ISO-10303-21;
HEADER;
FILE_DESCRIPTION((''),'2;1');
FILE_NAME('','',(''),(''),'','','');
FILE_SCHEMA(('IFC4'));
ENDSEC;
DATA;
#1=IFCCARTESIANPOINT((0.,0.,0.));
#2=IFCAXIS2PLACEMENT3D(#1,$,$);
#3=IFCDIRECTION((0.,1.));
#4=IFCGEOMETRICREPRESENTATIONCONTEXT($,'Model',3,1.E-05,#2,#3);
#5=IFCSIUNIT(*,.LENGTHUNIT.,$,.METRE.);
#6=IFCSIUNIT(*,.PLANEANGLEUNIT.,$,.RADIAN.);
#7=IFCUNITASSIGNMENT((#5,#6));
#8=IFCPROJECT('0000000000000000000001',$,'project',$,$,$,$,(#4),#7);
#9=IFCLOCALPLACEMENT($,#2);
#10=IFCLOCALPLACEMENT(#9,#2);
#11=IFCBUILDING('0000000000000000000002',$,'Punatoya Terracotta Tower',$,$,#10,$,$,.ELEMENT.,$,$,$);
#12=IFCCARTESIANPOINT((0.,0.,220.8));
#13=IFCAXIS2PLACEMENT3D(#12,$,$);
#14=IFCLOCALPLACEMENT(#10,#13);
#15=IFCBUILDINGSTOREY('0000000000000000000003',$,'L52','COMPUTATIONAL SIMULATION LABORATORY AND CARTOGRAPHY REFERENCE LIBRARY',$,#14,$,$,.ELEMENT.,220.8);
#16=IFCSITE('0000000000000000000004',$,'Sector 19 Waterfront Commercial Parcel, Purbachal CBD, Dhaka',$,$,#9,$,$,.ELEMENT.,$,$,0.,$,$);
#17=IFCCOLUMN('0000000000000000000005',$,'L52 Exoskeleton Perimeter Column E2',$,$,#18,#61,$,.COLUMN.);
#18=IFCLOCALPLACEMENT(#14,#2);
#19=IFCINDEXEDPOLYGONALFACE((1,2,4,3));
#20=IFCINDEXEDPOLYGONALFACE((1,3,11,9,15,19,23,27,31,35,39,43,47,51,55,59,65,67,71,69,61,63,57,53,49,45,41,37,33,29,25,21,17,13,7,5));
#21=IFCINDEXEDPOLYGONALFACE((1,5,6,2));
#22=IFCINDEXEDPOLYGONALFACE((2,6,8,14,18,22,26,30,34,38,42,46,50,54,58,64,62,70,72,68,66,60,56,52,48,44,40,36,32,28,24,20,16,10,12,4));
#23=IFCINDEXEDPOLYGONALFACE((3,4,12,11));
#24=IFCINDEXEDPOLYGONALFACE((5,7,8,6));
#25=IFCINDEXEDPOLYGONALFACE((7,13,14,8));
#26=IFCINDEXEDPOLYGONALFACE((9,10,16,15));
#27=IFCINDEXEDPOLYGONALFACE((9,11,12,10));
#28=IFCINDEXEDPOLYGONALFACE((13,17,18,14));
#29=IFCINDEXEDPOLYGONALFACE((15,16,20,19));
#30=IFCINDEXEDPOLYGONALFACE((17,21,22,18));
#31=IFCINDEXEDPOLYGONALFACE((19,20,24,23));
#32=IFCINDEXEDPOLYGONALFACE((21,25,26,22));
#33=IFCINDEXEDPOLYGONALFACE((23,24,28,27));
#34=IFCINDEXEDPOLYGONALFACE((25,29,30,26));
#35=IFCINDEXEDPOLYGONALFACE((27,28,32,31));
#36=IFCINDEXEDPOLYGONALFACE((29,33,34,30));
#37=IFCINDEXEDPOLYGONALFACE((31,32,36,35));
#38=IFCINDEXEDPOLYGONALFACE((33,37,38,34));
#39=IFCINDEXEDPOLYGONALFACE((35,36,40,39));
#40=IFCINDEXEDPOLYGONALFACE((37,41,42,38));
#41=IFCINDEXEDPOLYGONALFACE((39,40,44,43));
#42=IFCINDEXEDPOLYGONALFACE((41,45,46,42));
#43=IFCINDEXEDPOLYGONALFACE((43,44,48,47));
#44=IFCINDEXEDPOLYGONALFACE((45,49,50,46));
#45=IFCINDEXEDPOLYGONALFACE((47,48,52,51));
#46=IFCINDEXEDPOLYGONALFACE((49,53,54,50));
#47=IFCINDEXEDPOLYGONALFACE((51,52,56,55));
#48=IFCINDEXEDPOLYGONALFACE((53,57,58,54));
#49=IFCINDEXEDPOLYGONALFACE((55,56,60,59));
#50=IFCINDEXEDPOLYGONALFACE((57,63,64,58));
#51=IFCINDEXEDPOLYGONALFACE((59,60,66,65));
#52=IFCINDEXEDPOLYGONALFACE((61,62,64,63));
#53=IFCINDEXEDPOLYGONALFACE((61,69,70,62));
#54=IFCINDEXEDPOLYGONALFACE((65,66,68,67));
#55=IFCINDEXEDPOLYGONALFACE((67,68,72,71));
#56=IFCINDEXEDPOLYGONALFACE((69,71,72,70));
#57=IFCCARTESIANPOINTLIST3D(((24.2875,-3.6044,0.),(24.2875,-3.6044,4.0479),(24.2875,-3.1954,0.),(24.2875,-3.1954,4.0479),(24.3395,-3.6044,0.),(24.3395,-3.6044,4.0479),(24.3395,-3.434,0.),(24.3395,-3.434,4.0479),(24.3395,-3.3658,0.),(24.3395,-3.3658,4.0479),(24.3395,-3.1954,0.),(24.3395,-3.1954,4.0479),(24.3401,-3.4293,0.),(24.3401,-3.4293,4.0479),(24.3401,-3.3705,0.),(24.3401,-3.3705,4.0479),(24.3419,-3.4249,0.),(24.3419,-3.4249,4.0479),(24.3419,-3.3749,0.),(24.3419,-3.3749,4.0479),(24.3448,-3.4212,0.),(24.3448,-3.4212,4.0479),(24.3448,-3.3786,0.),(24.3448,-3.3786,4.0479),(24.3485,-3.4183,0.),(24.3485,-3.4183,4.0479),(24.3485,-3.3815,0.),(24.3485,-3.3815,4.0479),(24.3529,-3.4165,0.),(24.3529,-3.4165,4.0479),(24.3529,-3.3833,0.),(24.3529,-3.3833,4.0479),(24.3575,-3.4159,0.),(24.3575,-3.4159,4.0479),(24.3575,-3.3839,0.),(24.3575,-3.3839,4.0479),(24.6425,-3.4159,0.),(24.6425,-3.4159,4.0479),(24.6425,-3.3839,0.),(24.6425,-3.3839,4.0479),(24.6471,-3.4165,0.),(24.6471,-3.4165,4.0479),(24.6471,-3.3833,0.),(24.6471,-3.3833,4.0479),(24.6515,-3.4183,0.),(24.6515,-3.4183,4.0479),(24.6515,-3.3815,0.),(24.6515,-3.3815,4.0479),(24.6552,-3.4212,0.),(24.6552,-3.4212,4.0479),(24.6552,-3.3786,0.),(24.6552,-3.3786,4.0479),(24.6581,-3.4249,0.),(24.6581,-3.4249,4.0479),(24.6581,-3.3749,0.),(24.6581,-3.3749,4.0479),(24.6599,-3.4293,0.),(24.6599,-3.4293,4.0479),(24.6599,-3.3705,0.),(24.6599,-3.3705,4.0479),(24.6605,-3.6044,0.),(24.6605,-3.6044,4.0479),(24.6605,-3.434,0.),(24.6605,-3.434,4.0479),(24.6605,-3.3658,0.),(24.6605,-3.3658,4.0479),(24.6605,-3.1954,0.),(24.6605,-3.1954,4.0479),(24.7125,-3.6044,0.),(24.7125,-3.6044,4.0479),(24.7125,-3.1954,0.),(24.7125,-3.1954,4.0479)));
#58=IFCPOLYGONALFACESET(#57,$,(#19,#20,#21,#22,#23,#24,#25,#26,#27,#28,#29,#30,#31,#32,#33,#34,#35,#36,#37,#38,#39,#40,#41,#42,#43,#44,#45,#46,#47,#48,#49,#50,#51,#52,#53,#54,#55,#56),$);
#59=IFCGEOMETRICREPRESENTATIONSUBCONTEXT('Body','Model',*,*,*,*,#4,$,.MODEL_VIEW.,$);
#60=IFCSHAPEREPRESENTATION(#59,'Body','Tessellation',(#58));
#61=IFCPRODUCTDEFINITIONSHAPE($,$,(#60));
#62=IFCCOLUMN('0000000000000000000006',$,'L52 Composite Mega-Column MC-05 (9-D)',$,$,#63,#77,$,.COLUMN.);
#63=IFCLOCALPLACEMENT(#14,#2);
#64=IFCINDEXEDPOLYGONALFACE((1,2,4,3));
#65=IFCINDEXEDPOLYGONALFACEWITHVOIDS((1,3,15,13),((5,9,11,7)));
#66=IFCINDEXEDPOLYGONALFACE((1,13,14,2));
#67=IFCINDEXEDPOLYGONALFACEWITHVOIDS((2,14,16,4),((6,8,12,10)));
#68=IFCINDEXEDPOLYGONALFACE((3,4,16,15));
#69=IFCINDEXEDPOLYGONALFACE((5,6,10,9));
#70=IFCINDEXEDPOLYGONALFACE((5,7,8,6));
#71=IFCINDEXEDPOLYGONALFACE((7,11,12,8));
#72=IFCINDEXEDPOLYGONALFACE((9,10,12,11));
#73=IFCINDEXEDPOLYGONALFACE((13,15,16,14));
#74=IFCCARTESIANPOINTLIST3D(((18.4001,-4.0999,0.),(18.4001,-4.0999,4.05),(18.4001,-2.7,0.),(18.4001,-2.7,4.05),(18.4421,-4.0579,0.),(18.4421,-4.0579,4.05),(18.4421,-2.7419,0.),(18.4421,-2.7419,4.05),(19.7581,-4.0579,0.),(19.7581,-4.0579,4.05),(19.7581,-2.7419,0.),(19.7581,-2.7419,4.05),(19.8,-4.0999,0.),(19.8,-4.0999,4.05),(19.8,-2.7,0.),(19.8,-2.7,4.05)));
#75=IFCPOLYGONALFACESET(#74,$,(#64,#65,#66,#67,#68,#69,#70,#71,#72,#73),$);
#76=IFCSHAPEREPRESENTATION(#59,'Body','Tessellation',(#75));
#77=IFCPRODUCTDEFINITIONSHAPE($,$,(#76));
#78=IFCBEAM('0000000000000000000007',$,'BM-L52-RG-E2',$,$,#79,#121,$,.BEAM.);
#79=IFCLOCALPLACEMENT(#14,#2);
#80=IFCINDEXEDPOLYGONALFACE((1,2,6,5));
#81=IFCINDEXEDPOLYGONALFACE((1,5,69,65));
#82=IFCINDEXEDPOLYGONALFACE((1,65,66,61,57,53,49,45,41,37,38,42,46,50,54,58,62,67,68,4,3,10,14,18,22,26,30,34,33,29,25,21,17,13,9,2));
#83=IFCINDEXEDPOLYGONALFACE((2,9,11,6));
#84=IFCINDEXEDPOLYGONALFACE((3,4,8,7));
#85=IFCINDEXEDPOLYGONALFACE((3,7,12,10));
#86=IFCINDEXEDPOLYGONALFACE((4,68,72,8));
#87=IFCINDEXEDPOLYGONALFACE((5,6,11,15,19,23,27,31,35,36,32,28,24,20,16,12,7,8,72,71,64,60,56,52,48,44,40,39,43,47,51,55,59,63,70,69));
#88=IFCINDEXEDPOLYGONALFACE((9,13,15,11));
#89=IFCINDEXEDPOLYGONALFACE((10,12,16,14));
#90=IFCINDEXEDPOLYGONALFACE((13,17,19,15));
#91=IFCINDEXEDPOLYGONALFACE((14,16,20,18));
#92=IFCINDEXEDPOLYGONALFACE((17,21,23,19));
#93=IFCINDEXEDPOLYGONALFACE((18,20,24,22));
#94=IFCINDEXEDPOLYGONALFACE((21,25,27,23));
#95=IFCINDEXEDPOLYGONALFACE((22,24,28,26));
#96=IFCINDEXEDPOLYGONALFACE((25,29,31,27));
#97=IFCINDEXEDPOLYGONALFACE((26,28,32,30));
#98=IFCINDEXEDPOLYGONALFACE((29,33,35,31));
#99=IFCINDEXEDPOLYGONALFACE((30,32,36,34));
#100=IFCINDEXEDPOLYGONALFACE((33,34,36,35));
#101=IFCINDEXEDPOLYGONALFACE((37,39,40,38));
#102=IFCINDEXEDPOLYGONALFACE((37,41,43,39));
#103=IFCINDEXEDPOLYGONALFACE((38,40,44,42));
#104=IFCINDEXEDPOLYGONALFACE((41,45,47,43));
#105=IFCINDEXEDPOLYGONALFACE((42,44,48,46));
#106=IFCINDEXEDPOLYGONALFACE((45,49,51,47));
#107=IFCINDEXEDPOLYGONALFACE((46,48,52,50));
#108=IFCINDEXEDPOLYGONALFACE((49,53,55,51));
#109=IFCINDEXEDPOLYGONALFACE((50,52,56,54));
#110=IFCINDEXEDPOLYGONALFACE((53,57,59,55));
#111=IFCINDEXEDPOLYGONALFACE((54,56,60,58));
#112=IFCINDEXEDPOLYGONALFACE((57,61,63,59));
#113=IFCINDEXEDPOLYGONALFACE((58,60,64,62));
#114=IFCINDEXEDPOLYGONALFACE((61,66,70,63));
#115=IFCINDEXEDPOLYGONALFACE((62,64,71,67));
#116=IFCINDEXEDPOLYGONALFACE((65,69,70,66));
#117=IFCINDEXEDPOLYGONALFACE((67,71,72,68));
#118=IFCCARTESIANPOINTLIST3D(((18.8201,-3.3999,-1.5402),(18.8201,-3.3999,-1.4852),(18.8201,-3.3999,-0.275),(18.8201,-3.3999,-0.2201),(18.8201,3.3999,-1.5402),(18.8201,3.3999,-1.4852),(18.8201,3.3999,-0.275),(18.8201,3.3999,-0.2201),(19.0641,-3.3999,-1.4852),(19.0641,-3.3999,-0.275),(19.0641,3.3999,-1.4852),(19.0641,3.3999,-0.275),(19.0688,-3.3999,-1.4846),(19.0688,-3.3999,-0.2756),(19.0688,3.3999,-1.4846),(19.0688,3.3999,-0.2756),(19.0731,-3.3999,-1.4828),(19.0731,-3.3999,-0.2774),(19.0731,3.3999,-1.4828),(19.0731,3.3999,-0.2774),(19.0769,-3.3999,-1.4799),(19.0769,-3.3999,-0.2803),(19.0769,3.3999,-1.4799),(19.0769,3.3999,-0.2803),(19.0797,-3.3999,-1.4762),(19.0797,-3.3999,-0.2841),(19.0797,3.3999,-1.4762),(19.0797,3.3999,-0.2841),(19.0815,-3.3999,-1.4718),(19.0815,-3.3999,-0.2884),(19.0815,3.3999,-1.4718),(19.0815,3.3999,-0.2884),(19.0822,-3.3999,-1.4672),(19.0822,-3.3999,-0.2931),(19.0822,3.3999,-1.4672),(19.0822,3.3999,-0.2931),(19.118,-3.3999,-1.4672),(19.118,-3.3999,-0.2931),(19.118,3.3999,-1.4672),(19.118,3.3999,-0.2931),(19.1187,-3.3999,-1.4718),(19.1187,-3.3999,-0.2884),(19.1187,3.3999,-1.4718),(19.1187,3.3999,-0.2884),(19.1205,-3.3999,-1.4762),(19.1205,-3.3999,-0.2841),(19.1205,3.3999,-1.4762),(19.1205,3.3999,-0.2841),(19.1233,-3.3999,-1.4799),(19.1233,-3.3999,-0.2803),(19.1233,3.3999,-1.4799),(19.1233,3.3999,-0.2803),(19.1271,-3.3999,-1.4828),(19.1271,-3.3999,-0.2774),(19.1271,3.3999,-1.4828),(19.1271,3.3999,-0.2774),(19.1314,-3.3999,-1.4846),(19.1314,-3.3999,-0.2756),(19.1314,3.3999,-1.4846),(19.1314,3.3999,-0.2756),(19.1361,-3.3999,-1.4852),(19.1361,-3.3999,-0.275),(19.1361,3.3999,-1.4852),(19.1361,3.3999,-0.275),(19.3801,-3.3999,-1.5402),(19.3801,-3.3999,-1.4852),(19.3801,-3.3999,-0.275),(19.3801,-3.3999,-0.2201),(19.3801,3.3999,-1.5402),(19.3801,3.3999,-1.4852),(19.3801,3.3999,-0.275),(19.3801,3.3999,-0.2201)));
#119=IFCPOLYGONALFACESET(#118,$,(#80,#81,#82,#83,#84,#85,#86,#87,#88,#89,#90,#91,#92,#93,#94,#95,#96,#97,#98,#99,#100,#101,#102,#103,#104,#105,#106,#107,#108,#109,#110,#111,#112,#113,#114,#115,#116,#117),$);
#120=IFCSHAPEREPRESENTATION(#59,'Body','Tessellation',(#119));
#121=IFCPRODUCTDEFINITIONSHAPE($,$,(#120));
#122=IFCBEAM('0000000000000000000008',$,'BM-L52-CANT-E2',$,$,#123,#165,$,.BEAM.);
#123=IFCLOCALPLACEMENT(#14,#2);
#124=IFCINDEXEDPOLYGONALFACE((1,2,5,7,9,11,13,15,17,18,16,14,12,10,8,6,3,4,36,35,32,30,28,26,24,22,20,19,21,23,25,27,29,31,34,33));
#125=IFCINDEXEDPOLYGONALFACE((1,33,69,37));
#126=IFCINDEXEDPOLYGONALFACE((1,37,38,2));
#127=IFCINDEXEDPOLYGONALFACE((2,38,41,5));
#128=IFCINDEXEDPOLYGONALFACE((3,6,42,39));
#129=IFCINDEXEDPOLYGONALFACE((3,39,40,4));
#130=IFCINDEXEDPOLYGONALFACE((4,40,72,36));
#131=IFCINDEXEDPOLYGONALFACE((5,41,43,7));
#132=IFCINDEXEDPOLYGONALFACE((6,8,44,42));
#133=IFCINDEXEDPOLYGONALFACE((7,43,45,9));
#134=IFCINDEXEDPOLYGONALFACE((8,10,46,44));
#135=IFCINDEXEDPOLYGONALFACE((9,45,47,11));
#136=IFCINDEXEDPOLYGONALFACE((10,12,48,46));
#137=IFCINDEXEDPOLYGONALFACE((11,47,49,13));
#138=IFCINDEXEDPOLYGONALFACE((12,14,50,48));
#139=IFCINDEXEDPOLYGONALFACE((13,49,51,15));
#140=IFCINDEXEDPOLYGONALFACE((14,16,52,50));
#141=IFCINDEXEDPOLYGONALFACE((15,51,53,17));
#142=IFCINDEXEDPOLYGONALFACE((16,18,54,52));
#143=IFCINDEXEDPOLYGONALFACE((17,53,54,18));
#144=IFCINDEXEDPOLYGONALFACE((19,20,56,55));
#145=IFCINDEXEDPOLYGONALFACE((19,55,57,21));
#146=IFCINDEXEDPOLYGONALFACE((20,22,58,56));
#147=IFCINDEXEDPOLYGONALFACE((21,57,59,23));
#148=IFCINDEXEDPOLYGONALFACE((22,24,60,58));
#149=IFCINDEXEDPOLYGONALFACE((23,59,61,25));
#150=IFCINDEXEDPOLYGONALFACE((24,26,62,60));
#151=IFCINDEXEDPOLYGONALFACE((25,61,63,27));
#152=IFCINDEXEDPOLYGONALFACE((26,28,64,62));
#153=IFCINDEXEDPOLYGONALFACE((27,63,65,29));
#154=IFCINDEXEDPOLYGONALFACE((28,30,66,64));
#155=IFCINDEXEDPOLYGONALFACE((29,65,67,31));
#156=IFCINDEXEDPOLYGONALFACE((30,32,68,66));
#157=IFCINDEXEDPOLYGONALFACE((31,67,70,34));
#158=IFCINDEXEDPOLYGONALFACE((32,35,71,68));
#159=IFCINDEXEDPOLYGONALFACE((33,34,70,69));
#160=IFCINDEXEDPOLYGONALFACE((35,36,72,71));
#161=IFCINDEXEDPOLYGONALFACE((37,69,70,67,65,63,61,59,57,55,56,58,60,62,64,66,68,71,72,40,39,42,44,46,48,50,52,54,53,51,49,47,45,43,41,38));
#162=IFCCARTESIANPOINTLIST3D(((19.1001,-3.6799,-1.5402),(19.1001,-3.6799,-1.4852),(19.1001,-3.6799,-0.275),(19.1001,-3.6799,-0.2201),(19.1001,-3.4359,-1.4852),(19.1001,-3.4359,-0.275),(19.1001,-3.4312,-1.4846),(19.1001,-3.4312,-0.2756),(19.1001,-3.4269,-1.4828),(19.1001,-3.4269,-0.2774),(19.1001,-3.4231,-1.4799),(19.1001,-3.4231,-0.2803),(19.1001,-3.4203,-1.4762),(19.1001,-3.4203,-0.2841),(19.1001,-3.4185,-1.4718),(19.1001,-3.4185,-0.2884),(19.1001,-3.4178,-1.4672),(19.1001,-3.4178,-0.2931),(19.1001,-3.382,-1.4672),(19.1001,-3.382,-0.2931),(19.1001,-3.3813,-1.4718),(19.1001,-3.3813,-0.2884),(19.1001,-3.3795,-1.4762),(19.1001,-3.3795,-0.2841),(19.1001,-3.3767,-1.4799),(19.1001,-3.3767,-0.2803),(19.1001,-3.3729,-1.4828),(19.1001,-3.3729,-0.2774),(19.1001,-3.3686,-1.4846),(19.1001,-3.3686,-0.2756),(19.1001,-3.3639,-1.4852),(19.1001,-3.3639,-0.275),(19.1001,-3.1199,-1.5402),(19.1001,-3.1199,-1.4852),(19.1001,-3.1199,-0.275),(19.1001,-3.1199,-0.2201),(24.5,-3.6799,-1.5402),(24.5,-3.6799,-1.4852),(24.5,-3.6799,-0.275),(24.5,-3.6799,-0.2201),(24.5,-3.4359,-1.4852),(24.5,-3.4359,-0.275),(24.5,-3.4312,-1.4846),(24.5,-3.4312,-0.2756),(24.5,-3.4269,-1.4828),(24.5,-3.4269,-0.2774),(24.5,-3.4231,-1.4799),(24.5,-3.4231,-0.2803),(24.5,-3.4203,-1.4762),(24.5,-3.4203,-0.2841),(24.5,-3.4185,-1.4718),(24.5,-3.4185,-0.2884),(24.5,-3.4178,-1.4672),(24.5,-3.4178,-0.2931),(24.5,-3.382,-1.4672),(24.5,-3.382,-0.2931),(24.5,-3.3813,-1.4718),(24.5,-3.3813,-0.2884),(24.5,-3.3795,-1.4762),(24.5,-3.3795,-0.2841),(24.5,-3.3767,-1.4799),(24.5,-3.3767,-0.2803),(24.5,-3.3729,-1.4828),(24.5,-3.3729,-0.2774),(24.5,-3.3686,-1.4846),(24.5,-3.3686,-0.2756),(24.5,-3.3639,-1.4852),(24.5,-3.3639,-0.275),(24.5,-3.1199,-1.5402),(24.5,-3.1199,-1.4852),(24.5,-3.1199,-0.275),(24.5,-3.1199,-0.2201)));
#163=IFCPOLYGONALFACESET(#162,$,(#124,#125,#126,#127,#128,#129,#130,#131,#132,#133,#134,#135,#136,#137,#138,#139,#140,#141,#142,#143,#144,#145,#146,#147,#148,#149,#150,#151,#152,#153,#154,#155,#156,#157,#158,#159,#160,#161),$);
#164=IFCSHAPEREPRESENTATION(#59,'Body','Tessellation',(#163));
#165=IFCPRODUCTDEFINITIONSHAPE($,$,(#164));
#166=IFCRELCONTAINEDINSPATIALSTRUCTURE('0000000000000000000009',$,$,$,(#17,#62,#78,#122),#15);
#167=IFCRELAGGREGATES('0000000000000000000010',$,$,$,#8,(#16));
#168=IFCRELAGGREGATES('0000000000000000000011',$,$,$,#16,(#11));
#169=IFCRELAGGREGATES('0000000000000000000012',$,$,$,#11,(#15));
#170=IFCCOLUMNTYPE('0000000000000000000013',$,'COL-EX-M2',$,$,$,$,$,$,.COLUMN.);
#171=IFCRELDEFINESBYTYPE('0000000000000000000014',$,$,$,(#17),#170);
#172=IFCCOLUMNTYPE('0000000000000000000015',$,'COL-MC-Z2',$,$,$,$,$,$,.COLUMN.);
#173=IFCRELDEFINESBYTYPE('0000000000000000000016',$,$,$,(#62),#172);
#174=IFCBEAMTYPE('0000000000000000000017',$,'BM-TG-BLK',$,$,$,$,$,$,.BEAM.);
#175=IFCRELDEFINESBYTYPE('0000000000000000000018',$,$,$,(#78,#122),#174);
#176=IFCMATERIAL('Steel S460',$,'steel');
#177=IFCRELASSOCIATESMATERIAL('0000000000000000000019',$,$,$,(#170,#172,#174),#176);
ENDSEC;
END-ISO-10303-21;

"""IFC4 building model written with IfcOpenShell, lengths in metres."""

from ifc_helpers import new_model, si_unit, direction, frame, origin, origin_2d, place, context, subcontext, project, spatial, hollow_rectangle, i_section, extrude, material, material_profile, profile_set, type_object, element, save


model = new_model("IFC4")

# Units and contexts
model_context = context("Model", 3, precision=1e-05, world=origin(), true_north=direction((0.0, 1.0)))
body_context = subcontext(model_context, "Body", "Model", "MODEL_VIEW")
ifc_project = project(units=[si_unit("LENGTHUNIT", "METRE"), si_unit("PLANEANGLEUNIT", "RADIAN")], contexts=[model_context])

# Site, building, storey
site_placement = place(None, origin())
site = spatial("IfcSite", under=ifc_project, at=site_placement, Name="Sector 19 Waterfront Commercial Parcel, Purbachal CBD, Dhaka", CompositionType="ELEMENT", RefElevation=0.0)
building_placement = place(site_placement, origin())
building = spatial("IfcBuilding", under=site, at=building_placement, Name="Punatoya Terracotta Tower", CompositionType="ELEMENT")
storey_placement = place(building_placement, frame((0.0, 0.0, 220.8)))
storey = spatial("IfcBuildingStorey", under=building, at=storey_placement, Name="L52", Description="COMPUTATIONAL SIMULATION LABORATORY AND CARTOGRAPHY REFERENCE LIBRARY", CompositionType="ELEMENT", Elevation=220.8)

# Columns
ifc_material_1 = material(Name="Steel S460", Category="steel")
ifc_material_profile_1 = material_profile(ifc_material_1, i_section(OverallWidth=0.4089, OverallDepth=0.425, WebThickness=0.032, FlangeThickness=0.052, FilletRadius=0.0181, at=origin_2d()))
ifc_profile_set_1 = profile_set([ifc_material_profile_1], Name="Steel S460")
column_type_1 = type_object("IfcColumnType", Name="COL-EX-M2", PredefinedType="COLUMN", material=ifc_profile_set_1)
column_1_placement = place(storey_placement, frame((24.5, -3.3999, 0.0), z_axis=(0.0, 0.0, 1.0), x_axis=(0.0, 1.0, 0.0)))
element("IfcColumn", 1, at=column_1_placement, inside=storey, type_object=column_type_1, Name="L52 Exoskeleton Perimeter Column E2", PredefinedType="COLUMN", context=body_context, shape_type="SweptSolid", body=[
    extrude(i_section(OverallWidth=0.4089, OverallDepth=0.425, WebThickness=0.032, FlangeThickness=0.052, FilletRadius=0.0181, at=origin_2d()), origin(), (0.0, 0.0, 1.0), 4.0479),
])
ifc_material_profile_2 = material_profile(ifc_material_1, hollow_rectangle(XDim=1.3999, YDim=1.3999, WallThickness=0.042, at=origin_2d()))
ifc_profile_set_2 = profile_set([ifc_material_profile_2], Name="Steel S460")
column_type_2 = type_object("IfcColumnType", Name="COL-MC-Z2", PredefinedType="COLUMN", material=ifc_profile_set_2)
column_2_placement = place(storey_placement, frame((19.1001, -3.3999, 0.0), z_axis=(0.0, 0.0, 1.0), x_axis=(1.0, 0.0, 0.0)))
element("IfcColumn", 2, at=column_2_placement, inside=storey, type_object=column_type_2, Name="L52 Composite Mega-Column MC-05 (9-D)", PredefinedType="COLUMN", context=body_context, shape_type="SweptSolid", body=[
    extrude(hollow_rectangle(XDim=1.3999, YDim=1.3999, WallThickness=0.042, at=origin_2d()), origin(), (0.0, 0.0, 1.0), 4.05),
])

# Beams
ifc_material_profile_3 = material_profile(ifc_material_1, i_section(OverallWidth=0.5601, OverallDepth=1.3201, WebThickness=0.0359, FlangeThickness=0.0549, FilletRadius=0.0181, at=origin_2d()))
ifc_profile_set_3 = profile_set([ifc_material_profile_3], Name="Steel S460")
beam_type = type_object("IfcBeamType", Name="BM-TG-BLK", PredefinedType="BEAM", material=ifc_profile_set_3)
beam_1_placement = place(storey_placement, frame((19.1001, -3.3999, -0.8801), z_axis=(0.0, 1.0, 0.0), x_axis=(-1.0, 0.0, 0.0)))
element("IfcBeam", 3, at=beam_1_placement, inside=storey, type_object=beam_type, Name="BM-L52-RG-E2", PredefinedType="BEAM", context=body_context, shape_type="SweptSolid", body=[
    extrude(i_section(OverallWidth=0.5601, OverallDepth=1.3201, WebThickness=0.0359, FlangeThickness=0.0549, FilletRadius=0.0181, at=origin_2d()), origin(), (0.0, 0.0, 1.0), 6.7998),
])
beam_2_placement = place(storey_placement, frame((19.1001, -3.3999, -0.8801), z_axis=(1.0, 0.0, 0.0), x_axis=(0.0, 1.0, 0.0)))
element("IfcBeam", 4, at=beam_2_placement, inside=storey, type_object=beam_type, Name="BM-L52-CANT-E2", PredefinedType="BEAM", context=body_context, shape_type="SweptSolid", body=[
    extrude(i_section(OverallWidth=0.5601, OverallDepth=1.3201, WebThickness=0.0359, FlangeThickness=0.0549, FilletRadius=0.0181, at=origin_2d()), origin(), (0.0, 0.0, 1.0), 5.3999),
])

save(model, "model.ifc")
